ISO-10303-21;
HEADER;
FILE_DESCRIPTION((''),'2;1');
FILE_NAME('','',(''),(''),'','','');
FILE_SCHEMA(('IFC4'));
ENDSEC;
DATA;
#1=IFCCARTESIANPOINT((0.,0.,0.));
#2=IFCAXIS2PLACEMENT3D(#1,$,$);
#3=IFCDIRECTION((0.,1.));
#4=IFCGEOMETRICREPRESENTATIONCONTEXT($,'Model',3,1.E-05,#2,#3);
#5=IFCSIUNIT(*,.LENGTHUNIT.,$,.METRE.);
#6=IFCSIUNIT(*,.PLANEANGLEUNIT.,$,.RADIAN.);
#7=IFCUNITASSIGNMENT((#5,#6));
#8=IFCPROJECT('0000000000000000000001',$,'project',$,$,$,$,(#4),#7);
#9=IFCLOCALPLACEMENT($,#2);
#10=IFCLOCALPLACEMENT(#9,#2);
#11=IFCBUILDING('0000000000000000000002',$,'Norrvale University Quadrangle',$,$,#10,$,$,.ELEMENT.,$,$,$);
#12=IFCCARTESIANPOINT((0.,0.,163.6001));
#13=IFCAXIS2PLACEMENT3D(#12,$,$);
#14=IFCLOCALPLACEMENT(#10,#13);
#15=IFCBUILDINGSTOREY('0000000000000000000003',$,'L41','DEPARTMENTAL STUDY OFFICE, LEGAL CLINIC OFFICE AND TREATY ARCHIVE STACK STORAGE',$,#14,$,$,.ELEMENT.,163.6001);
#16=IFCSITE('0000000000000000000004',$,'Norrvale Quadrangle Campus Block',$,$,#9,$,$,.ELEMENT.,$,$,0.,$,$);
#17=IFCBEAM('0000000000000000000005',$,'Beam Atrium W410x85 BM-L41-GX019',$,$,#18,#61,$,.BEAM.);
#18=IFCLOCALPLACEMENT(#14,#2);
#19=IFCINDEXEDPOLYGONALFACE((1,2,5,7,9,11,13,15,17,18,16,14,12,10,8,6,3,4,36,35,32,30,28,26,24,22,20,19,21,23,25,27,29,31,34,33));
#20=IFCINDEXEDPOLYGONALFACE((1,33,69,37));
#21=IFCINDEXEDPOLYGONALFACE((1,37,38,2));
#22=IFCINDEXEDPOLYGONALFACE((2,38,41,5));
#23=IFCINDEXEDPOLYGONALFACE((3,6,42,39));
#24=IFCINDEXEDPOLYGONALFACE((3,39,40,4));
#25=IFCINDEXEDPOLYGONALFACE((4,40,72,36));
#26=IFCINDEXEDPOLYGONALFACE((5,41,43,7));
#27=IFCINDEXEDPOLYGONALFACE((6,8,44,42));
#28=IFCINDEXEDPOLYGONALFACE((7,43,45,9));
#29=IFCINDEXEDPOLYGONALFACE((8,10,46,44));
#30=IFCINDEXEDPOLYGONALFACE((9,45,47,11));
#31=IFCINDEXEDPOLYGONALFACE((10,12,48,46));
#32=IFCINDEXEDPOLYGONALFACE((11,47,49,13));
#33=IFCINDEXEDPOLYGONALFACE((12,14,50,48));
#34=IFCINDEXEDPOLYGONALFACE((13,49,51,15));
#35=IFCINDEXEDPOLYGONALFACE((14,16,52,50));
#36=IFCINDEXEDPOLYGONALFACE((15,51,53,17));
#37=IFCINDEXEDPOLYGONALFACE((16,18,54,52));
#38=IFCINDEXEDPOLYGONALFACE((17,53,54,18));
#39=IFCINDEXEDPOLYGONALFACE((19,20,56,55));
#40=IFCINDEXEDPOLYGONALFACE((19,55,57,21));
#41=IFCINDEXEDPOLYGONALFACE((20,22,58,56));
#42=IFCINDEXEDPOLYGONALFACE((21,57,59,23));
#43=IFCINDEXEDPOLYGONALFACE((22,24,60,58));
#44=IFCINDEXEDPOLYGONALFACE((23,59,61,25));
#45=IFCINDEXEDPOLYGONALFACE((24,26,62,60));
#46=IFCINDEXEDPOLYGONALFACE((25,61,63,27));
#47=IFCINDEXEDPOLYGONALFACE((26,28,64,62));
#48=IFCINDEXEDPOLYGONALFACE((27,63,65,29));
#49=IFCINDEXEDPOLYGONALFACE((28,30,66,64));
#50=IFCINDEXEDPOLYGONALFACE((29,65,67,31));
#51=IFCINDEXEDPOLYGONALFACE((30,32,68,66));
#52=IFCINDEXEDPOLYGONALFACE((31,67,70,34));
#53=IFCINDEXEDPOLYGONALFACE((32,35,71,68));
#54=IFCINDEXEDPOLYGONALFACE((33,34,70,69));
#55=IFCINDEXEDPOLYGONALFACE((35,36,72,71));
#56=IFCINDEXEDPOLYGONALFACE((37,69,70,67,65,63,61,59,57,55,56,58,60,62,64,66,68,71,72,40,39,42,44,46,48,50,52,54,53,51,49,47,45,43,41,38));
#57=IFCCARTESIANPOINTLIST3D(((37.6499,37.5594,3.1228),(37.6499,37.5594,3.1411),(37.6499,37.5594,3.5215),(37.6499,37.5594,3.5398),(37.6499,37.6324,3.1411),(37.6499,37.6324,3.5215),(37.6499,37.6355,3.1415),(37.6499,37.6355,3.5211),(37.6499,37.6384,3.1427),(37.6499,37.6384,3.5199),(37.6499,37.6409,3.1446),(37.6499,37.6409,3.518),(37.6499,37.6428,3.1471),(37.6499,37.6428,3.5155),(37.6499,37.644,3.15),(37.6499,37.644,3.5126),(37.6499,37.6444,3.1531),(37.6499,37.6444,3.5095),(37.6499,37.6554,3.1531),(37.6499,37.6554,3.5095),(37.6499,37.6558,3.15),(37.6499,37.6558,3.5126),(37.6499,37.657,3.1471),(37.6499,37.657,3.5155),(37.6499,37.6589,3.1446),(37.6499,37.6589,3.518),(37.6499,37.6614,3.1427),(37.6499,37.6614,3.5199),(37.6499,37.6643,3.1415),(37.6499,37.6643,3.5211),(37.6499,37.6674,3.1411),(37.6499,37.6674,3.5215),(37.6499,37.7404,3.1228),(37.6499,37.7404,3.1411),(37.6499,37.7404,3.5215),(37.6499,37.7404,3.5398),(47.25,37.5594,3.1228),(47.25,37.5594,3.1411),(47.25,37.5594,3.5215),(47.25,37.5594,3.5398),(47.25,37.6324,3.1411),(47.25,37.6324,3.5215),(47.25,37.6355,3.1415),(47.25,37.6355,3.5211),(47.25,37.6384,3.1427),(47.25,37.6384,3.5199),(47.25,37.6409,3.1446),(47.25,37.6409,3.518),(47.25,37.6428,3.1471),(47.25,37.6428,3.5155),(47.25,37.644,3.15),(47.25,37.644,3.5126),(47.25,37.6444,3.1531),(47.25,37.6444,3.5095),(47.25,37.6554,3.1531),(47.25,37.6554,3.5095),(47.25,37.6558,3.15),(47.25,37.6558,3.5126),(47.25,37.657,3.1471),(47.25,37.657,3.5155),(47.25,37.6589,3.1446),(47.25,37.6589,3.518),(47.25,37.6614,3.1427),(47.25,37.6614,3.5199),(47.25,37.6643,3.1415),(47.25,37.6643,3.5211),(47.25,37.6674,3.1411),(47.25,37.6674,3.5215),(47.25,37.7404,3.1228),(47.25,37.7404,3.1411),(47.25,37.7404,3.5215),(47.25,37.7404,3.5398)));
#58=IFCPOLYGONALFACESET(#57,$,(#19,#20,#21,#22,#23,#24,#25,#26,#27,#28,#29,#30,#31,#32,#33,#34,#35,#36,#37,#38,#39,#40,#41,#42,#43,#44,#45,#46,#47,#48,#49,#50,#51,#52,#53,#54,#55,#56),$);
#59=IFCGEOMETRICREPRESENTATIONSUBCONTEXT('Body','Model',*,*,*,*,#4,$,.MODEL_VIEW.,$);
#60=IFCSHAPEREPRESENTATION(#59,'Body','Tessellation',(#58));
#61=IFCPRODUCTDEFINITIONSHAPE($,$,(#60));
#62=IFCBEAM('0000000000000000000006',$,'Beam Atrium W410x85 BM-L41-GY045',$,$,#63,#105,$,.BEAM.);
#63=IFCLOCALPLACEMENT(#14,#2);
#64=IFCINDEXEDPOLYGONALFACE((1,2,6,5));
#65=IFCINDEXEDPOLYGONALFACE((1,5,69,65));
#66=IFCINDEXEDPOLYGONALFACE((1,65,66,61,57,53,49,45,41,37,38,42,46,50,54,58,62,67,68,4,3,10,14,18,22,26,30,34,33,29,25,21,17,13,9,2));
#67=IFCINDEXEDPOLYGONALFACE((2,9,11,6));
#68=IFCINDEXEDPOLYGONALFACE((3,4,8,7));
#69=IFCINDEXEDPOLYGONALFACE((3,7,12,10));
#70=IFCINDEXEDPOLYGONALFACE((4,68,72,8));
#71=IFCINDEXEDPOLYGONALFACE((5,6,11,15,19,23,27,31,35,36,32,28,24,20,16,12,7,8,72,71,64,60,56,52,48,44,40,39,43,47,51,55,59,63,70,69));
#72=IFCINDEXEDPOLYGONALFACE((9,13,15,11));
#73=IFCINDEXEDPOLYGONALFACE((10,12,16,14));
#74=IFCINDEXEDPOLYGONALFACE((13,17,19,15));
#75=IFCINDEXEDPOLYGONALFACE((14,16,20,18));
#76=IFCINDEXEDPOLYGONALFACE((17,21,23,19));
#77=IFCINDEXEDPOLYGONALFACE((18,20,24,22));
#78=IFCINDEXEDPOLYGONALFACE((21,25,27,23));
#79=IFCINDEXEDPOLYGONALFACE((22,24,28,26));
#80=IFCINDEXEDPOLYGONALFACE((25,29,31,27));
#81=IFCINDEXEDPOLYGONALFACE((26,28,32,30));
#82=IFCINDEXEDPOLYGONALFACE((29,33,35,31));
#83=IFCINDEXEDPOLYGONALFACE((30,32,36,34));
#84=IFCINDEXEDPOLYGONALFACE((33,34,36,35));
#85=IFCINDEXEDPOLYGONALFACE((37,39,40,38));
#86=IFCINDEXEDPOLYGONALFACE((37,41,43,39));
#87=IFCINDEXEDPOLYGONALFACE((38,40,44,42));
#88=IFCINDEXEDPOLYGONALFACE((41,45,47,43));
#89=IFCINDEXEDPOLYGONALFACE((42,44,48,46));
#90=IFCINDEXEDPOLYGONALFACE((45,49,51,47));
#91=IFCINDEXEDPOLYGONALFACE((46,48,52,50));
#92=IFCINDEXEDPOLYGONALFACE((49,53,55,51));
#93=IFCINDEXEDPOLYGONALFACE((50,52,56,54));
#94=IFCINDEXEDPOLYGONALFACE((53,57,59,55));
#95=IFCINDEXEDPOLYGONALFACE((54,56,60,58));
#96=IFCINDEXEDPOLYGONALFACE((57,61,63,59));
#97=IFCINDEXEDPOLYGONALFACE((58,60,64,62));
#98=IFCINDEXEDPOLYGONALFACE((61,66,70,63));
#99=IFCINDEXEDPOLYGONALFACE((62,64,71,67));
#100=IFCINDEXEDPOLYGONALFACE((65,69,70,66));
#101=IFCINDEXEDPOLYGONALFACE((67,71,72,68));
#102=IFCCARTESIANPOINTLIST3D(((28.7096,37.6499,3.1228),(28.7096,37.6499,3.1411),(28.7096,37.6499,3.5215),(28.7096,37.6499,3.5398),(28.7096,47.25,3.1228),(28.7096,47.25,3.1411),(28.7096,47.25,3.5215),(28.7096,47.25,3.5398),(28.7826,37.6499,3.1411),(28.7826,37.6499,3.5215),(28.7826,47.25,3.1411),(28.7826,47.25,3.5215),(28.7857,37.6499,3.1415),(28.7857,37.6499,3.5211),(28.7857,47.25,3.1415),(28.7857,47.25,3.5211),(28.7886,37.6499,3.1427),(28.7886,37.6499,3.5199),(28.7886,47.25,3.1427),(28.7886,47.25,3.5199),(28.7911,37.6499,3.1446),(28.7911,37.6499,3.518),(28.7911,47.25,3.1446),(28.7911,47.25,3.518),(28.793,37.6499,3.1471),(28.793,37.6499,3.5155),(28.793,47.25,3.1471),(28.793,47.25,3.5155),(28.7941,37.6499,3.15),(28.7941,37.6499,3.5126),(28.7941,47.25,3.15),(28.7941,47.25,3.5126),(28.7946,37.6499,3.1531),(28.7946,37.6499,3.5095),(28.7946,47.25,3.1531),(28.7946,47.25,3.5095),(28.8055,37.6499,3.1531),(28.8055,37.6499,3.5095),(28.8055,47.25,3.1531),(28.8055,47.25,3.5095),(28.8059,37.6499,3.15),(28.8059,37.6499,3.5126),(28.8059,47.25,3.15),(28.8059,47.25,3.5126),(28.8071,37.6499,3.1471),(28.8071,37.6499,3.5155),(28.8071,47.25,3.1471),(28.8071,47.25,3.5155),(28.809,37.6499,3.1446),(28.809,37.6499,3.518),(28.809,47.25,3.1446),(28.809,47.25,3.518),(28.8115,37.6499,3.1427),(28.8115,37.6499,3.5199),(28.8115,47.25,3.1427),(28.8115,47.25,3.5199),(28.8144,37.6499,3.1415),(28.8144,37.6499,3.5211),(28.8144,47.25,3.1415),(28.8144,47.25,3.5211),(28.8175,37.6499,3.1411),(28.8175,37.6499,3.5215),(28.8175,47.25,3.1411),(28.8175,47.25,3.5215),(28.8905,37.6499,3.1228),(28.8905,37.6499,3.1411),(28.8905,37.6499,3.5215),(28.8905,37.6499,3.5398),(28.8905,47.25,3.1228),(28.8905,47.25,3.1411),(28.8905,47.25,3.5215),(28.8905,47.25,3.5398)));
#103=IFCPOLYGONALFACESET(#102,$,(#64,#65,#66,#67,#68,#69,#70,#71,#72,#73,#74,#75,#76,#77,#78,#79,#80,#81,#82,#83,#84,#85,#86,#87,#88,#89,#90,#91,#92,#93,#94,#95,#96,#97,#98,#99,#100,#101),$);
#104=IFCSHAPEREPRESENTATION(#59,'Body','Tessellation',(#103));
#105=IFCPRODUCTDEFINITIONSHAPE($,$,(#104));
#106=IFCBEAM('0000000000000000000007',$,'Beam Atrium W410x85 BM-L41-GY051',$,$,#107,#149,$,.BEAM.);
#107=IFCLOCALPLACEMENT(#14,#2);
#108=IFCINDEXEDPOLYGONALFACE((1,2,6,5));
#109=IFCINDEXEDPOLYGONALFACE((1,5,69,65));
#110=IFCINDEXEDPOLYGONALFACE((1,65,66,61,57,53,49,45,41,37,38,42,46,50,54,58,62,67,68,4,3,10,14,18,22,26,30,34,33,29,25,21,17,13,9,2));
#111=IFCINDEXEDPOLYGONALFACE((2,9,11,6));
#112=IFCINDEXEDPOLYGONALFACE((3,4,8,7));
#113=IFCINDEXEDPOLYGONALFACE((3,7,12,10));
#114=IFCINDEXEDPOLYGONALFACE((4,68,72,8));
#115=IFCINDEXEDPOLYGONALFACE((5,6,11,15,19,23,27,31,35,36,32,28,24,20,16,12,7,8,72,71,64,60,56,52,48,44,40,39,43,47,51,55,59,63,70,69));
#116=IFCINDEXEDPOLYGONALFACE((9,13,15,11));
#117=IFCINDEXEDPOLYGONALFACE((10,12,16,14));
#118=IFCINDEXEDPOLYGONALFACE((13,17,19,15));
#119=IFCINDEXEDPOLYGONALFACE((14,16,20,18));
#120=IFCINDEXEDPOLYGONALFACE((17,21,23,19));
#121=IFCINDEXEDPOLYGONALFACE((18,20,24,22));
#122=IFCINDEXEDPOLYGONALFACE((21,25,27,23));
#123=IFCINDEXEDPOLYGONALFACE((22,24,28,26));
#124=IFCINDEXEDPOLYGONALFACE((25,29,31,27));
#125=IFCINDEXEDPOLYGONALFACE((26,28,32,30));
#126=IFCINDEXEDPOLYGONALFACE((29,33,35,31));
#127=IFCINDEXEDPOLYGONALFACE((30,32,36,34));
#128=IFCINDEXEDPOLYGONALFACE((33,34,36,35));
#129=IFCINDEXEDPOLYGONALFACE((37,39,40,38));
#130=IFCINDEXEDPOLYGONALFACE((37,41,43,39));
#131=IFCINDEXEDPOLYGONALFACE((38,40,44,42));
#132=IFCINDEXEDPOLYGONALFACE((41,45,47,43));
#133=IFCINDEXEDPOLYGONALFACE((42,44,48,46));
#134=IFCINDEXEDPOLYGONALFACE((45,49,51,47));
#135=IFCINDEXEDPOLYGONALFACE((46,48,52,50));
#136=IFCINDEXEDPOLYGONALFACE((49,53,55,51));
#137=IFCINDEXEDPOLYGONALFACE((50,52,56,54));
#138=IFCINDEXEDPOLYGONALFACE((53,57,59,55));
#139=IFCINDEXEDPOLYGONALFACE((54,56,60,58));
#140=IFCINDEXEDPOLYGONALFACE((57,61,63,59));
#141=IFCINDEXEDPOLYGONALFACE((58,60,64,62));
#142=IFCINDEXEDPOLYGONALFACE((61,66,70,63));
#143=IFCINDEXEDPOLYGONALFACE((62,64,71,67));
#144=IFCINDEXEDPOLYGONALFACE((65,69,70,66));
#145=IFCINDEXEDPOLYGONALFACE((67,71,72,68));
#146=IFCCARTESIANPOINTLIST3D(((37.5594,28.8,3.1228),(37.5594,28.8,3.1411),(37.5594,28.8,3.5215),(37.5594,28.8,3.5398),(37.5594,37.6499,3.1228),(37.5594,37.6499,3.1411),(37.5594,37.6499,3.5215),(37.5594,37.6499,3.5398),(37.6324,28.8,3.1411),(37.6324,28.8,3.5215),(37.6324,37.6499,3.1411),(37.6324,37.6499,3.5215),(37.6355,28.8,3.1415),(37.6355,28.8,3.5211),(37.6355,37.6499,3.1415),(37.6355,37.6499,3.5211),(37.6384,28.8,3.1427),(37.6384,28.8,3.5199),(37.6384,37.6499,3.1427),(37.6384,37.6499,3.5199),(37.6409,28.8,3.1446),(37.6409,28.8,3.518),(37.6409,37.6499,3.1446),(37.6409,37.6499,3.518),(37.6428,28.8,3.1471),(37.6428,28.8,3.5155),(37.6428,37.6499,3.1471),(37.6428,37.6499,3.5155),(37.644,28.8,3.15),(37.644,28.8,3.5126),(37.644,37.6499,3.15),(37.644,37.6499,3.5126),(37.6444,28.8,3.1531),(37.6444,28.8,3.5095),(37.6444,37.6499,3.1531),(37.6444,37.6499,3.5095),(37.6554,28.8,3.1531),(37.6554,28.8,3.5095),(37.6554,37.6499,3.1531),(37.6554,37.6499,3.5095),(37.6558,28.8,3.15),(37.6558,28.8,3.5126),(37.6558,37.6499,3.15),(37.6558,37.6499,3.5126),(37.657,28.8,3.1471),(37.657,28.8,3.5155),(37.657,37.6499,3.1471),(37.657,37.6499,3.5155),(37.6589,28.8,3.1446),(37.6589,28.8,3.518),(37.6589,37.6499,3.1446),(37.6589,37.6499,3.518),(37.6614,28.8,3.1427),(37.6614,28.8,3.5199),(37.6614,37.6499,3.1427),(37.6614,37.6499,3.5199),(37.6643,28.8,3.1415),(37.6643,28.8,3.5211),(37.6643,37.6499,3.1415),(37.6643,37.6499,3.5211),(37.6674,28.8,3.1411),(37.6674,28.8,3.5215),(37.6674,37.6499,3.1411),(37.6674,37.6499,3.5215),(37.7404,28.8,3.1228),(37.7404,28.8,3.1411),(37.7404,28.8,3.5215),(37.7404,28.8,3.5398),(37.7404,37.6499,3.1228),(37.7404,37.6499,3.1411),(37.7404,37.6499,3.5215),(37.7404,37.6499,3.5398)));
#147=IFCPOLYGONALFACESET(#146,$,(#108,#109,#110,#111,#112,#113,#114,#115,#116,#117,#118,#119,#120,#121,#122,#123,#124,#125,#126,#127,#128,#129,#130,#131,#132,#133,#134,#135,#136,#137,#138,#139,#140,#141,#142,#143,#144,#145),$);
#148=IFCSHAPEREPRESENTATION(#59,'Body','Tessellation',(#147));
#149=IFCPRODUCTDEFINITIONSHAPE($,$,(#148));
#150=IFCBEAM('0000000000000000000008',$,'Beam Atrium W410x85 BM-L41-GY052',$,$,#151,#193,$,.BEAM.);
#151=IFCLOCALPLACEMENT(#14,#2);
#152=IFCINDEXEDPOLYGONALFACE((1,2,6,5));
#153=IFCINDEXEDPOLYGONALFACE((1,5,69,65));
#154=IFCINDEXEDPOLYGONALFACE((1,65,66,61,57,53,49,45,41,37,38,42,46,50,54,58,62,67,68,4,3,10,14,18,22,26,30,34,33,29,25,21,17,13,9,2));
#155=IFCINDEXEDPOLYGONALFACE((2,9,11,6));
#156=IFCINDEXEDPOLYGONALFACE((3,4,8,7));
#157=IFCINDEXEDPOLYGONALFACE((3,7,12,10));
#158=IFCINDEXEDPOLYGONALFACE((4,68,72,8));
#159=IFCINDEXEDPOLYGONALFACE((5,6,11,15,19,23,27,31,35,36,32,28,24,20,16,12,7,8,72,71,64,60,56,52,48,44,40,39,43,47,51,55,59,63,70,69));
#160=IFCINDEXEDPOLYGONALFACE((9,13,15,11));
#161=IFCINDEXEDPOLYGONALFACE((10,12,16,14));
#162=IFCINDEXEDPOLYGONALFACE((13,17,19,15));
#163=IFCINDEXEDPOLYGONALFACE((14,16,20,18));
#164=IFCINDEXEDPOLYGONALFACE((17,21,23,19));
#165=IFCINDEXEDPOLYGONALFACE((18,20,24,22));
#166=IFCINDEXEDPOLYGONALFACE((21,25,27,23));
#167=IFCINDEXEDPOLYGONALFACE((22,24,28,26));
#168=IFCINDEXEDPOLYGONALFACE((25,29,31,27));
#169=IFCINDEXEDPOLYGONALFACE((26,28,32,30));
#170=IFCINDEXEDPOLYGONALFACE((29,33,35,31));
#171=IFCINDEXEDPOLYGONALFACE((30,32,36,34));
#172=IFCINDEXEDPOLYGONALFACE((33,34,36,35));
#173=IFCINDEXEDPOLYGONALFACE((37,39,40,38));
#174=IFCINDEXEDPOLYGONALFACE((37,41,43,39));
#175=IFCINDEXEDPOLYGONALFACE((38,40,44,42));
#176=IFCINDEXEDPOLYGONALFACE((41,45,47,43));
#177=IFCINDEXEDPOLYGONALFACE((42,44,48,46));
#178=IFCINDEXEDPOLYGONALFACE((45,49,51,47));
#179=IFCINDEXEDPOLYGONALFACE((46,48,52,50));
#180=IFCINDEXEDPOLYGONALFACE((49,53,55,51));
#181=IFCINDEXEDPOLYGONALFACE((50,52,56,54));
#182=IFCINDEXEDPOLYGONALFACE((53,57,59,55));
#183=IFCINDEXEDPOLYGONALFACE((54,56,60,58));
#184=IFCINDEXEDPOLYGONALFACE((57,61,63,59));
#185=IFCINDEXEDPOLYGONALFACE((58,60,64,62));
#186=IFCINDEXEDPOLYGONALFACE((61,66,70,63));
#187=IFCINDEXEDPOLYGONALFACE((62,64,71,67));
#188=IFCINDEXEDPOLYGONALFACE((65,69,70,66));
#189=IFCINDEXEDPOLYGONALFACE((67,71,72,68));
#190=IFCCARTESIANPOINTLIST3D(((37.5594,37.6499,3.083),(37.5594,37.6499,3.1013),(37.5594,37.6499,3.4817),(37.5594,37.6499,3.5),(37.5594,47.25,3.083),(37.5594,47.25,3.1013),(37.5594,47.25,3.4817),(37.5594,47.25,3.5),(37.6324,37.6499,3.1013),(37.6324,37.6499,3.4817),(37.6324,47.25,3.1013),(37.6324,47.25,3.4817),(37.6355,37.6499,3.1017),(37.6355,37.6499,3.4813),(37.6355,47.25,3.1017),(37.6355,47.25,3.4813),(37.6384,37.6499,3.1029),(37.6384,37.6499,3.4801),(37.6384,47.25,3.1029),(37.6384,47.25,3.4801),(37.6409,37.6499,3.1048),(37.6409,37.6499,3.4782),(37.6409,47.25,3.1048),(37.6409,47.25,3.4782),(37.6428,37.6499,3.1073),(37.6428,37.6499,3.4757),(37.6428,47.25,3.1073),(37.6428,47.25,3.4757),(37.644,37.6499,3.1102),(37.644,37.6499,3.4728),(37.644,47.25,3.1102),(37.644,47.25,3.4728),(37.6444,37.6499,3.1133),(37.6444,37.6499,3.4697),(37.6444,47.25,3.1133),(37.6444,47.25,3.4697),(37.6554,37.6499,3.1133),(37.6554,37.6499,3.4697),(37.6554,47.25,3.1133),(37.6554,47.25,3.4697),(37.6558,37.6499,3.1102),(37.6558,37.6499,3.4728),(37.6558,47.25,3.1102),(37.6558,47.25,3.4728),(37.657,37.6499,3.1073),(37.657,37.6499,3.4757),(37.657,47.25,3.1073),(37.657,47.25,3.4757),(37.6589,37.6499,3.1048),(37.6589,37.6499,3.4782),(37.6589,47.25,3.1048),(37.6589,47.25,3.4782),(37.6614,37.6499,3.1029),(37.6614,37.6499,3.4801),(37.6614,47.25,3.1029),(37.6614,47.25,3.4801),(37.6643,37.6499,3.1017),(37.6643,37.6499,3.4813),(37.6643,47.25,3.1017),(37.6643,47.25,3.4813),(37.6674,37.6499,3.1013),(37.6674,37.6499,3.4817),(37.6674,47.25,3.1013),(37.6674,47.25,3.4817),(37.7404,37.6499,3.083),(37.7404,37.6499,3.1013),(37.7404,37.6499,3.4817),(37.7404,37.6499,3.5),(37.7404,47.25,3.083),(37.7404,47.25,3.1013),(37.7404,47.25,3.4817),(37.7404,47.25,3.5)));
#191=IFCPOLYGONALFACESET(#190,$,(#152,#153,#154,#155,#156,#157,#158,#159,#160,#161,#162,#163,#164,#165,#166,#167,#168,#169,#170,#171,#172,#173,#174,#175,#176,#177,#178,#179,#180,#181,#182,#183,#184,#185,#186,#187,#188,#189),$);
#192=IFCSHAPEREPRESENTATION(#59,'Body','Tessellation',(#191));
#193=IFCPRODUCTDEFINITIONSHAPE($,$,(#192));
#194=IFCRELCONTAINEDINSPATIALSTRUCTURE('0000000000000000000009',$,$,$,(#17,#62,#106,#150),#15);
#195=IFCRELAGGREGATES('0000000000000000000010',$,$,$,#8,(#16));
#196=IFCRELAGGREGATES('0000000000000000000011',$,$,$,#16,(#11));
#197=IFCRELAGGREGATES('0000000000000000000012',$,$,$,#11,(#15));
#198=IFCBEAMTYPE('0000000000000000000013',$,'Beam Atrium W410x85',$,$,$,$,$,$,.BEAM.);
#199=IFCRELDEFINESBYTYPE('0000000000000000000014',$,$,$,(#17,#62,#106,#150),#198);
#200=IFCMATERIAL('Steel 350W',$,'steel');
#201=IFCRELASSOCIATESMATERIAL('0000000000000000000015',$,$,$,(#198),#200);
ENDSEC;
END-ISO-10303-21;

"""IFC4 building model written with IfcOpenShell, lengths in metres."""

from ifc_helpers import new_model, si_unit, direction, frame, origin, origin_2d, place, context, subcontext, project, spatial, i_section, extrude, material, material_profile, profile_set, type_object, element, save


model = new_model("IFC4")

# Units and contexts
model_context = context("Model", 3, precision=1e-05, world=origin(), true_north=direction((0.0, 1.0)))
body_context = subcontext(model_context, "Body", "Model", "MODEL_VIEW")
ifc_project = project(units=[si_unit("LENGTHUNIT", "METRE"), si_unit("PLANEANGLEUNIT", "RADIAN")], contexts=[model_context])

# Site, building, storey
site_placement = place(None, origin())
site = spatial("IfcSite", under=ifc_project, at=site_placement, Name="Norrvale Quadrangle Campus Block", CompositionType="ELEMENT", RefElevation=0.0)
building_placement = place(site_placement, origin())
building = spatial("IfcBuilding", under=site, at=building_placement, Name="Norrvale University Quadrangle", CompositionType="ELEMENT")
storey_placement = place(building_placement, frame((0.0, 0.0, 163.6001)))
storey = spatial("IfcBuildingStorey", under=building, at=storey_placement, Name="L41", Description="DEPARTMENTAL STUDY OFFICE, LEGAL CLINIC OFFICE AND TREATY ARCHIVE STACK STORAGE", CompositionType="ELEMENT", Elevation=163.6001)

# Beams
ifc_material_1 = material(Name="Steel 350W", Category="steel")
ifc_material_profile_1 = material_profile(ifc_material_1, i_section(OverallWidth=0.1809, OverallDepth=0.417, WebThickness=0.011, FlangeThickness=0.0183, FilletRadius=0.012, at=origin_2d()), Name="Steel 350W")
ifc_profile_set_1 = profile_set([ifc_material_profile_1], Name="Steel 350W")
beam_type_1 = type_object("IfcBeamType", Name="Beam Atrium W410x85", PredefinedType="BEAM", material=ifc_profile_set_1)
for number, where, z_axis, x_axis, name in (
    (1, (37.6499, 37.6499, 3.3313), (1.0, 0.0, 0.0), (0.0, 1.0, 0.0), "Beam Atrium W410x85 BM-L41-GX019"),
    (2, (28.8, 37.6499, 3.3313), (0.0, 1.0, 0.0), (-1.0, 0.0, 0.0), "Beam Atrium W410x85 BM-L41-GY045"),
):
    element("IfcBeam", number, at=place(storey_placement, frame(where, z_axis=z_axis, x_axis=x_axis)), inside=storey, type_object=beam_type_1, Name=name, PredefinedType="BEAM", context=body_context, shape_type="SweptSolid", body=[
        extrude(i_section(OverallWidth=0.1809, OverallDepth=0.417, WebThickness=0.011, FlangeThickness=0.0183, FilletRadius=0.012, at=origin_2d()), origin(), (0.0, 0.0, 1.0), 9.6001),
    ])
beam_1_placement = place(storey_placement, frame((37.6499, 28.8, 3.3313), z_axis=(0.0, 1.0, 0.0), x_axis=(-1.0, 0.0, 0.0)))
element("IfcBeam", 3, at=beam_1_placement, inside=storey, type_object=beam_type_1, Name="Beam Atrium W410x85 BM-L41-GY051", PredefinedType="BEAM", context=body_context, shape_type="SweptSolid", body=[
    extrude(i_section(OverallWidth=0.1809, OverallDepth=0.417, WebThickness=0.011, FlangeThickness=0.0183, FilletRadius=0.012, at=origin_2d()), origin(), (0.0, 0.0, 1.0), 8.8499),
])
beam_2_placement = place(storey_placement, frame((37.6499, 37.6499, 3.2915), z_axis=(0.0, 1.0, 0.0), x_axis=(-1.0, 0.0, 0.0)))
element("IfcBeam", 4, at=beam_2_placement, inside=storey, type_object=beam_type_1, Name="Beam Atrium W410x85 BM-L41-GY052", PredefinedType="BEAM", context=body_context, shape_type="SweptSolid", body=[
    extrude(i_section(OverallWidth=0.1809, OverallDepth=0.417, WebThickness=0.011, FlangeThickness=0.0183, FilletRadius=0.012, at=origin_2d()), origin(), (0.0, 0.0, 1.0), 9.6001),
])

save(model, "model.ifc")
